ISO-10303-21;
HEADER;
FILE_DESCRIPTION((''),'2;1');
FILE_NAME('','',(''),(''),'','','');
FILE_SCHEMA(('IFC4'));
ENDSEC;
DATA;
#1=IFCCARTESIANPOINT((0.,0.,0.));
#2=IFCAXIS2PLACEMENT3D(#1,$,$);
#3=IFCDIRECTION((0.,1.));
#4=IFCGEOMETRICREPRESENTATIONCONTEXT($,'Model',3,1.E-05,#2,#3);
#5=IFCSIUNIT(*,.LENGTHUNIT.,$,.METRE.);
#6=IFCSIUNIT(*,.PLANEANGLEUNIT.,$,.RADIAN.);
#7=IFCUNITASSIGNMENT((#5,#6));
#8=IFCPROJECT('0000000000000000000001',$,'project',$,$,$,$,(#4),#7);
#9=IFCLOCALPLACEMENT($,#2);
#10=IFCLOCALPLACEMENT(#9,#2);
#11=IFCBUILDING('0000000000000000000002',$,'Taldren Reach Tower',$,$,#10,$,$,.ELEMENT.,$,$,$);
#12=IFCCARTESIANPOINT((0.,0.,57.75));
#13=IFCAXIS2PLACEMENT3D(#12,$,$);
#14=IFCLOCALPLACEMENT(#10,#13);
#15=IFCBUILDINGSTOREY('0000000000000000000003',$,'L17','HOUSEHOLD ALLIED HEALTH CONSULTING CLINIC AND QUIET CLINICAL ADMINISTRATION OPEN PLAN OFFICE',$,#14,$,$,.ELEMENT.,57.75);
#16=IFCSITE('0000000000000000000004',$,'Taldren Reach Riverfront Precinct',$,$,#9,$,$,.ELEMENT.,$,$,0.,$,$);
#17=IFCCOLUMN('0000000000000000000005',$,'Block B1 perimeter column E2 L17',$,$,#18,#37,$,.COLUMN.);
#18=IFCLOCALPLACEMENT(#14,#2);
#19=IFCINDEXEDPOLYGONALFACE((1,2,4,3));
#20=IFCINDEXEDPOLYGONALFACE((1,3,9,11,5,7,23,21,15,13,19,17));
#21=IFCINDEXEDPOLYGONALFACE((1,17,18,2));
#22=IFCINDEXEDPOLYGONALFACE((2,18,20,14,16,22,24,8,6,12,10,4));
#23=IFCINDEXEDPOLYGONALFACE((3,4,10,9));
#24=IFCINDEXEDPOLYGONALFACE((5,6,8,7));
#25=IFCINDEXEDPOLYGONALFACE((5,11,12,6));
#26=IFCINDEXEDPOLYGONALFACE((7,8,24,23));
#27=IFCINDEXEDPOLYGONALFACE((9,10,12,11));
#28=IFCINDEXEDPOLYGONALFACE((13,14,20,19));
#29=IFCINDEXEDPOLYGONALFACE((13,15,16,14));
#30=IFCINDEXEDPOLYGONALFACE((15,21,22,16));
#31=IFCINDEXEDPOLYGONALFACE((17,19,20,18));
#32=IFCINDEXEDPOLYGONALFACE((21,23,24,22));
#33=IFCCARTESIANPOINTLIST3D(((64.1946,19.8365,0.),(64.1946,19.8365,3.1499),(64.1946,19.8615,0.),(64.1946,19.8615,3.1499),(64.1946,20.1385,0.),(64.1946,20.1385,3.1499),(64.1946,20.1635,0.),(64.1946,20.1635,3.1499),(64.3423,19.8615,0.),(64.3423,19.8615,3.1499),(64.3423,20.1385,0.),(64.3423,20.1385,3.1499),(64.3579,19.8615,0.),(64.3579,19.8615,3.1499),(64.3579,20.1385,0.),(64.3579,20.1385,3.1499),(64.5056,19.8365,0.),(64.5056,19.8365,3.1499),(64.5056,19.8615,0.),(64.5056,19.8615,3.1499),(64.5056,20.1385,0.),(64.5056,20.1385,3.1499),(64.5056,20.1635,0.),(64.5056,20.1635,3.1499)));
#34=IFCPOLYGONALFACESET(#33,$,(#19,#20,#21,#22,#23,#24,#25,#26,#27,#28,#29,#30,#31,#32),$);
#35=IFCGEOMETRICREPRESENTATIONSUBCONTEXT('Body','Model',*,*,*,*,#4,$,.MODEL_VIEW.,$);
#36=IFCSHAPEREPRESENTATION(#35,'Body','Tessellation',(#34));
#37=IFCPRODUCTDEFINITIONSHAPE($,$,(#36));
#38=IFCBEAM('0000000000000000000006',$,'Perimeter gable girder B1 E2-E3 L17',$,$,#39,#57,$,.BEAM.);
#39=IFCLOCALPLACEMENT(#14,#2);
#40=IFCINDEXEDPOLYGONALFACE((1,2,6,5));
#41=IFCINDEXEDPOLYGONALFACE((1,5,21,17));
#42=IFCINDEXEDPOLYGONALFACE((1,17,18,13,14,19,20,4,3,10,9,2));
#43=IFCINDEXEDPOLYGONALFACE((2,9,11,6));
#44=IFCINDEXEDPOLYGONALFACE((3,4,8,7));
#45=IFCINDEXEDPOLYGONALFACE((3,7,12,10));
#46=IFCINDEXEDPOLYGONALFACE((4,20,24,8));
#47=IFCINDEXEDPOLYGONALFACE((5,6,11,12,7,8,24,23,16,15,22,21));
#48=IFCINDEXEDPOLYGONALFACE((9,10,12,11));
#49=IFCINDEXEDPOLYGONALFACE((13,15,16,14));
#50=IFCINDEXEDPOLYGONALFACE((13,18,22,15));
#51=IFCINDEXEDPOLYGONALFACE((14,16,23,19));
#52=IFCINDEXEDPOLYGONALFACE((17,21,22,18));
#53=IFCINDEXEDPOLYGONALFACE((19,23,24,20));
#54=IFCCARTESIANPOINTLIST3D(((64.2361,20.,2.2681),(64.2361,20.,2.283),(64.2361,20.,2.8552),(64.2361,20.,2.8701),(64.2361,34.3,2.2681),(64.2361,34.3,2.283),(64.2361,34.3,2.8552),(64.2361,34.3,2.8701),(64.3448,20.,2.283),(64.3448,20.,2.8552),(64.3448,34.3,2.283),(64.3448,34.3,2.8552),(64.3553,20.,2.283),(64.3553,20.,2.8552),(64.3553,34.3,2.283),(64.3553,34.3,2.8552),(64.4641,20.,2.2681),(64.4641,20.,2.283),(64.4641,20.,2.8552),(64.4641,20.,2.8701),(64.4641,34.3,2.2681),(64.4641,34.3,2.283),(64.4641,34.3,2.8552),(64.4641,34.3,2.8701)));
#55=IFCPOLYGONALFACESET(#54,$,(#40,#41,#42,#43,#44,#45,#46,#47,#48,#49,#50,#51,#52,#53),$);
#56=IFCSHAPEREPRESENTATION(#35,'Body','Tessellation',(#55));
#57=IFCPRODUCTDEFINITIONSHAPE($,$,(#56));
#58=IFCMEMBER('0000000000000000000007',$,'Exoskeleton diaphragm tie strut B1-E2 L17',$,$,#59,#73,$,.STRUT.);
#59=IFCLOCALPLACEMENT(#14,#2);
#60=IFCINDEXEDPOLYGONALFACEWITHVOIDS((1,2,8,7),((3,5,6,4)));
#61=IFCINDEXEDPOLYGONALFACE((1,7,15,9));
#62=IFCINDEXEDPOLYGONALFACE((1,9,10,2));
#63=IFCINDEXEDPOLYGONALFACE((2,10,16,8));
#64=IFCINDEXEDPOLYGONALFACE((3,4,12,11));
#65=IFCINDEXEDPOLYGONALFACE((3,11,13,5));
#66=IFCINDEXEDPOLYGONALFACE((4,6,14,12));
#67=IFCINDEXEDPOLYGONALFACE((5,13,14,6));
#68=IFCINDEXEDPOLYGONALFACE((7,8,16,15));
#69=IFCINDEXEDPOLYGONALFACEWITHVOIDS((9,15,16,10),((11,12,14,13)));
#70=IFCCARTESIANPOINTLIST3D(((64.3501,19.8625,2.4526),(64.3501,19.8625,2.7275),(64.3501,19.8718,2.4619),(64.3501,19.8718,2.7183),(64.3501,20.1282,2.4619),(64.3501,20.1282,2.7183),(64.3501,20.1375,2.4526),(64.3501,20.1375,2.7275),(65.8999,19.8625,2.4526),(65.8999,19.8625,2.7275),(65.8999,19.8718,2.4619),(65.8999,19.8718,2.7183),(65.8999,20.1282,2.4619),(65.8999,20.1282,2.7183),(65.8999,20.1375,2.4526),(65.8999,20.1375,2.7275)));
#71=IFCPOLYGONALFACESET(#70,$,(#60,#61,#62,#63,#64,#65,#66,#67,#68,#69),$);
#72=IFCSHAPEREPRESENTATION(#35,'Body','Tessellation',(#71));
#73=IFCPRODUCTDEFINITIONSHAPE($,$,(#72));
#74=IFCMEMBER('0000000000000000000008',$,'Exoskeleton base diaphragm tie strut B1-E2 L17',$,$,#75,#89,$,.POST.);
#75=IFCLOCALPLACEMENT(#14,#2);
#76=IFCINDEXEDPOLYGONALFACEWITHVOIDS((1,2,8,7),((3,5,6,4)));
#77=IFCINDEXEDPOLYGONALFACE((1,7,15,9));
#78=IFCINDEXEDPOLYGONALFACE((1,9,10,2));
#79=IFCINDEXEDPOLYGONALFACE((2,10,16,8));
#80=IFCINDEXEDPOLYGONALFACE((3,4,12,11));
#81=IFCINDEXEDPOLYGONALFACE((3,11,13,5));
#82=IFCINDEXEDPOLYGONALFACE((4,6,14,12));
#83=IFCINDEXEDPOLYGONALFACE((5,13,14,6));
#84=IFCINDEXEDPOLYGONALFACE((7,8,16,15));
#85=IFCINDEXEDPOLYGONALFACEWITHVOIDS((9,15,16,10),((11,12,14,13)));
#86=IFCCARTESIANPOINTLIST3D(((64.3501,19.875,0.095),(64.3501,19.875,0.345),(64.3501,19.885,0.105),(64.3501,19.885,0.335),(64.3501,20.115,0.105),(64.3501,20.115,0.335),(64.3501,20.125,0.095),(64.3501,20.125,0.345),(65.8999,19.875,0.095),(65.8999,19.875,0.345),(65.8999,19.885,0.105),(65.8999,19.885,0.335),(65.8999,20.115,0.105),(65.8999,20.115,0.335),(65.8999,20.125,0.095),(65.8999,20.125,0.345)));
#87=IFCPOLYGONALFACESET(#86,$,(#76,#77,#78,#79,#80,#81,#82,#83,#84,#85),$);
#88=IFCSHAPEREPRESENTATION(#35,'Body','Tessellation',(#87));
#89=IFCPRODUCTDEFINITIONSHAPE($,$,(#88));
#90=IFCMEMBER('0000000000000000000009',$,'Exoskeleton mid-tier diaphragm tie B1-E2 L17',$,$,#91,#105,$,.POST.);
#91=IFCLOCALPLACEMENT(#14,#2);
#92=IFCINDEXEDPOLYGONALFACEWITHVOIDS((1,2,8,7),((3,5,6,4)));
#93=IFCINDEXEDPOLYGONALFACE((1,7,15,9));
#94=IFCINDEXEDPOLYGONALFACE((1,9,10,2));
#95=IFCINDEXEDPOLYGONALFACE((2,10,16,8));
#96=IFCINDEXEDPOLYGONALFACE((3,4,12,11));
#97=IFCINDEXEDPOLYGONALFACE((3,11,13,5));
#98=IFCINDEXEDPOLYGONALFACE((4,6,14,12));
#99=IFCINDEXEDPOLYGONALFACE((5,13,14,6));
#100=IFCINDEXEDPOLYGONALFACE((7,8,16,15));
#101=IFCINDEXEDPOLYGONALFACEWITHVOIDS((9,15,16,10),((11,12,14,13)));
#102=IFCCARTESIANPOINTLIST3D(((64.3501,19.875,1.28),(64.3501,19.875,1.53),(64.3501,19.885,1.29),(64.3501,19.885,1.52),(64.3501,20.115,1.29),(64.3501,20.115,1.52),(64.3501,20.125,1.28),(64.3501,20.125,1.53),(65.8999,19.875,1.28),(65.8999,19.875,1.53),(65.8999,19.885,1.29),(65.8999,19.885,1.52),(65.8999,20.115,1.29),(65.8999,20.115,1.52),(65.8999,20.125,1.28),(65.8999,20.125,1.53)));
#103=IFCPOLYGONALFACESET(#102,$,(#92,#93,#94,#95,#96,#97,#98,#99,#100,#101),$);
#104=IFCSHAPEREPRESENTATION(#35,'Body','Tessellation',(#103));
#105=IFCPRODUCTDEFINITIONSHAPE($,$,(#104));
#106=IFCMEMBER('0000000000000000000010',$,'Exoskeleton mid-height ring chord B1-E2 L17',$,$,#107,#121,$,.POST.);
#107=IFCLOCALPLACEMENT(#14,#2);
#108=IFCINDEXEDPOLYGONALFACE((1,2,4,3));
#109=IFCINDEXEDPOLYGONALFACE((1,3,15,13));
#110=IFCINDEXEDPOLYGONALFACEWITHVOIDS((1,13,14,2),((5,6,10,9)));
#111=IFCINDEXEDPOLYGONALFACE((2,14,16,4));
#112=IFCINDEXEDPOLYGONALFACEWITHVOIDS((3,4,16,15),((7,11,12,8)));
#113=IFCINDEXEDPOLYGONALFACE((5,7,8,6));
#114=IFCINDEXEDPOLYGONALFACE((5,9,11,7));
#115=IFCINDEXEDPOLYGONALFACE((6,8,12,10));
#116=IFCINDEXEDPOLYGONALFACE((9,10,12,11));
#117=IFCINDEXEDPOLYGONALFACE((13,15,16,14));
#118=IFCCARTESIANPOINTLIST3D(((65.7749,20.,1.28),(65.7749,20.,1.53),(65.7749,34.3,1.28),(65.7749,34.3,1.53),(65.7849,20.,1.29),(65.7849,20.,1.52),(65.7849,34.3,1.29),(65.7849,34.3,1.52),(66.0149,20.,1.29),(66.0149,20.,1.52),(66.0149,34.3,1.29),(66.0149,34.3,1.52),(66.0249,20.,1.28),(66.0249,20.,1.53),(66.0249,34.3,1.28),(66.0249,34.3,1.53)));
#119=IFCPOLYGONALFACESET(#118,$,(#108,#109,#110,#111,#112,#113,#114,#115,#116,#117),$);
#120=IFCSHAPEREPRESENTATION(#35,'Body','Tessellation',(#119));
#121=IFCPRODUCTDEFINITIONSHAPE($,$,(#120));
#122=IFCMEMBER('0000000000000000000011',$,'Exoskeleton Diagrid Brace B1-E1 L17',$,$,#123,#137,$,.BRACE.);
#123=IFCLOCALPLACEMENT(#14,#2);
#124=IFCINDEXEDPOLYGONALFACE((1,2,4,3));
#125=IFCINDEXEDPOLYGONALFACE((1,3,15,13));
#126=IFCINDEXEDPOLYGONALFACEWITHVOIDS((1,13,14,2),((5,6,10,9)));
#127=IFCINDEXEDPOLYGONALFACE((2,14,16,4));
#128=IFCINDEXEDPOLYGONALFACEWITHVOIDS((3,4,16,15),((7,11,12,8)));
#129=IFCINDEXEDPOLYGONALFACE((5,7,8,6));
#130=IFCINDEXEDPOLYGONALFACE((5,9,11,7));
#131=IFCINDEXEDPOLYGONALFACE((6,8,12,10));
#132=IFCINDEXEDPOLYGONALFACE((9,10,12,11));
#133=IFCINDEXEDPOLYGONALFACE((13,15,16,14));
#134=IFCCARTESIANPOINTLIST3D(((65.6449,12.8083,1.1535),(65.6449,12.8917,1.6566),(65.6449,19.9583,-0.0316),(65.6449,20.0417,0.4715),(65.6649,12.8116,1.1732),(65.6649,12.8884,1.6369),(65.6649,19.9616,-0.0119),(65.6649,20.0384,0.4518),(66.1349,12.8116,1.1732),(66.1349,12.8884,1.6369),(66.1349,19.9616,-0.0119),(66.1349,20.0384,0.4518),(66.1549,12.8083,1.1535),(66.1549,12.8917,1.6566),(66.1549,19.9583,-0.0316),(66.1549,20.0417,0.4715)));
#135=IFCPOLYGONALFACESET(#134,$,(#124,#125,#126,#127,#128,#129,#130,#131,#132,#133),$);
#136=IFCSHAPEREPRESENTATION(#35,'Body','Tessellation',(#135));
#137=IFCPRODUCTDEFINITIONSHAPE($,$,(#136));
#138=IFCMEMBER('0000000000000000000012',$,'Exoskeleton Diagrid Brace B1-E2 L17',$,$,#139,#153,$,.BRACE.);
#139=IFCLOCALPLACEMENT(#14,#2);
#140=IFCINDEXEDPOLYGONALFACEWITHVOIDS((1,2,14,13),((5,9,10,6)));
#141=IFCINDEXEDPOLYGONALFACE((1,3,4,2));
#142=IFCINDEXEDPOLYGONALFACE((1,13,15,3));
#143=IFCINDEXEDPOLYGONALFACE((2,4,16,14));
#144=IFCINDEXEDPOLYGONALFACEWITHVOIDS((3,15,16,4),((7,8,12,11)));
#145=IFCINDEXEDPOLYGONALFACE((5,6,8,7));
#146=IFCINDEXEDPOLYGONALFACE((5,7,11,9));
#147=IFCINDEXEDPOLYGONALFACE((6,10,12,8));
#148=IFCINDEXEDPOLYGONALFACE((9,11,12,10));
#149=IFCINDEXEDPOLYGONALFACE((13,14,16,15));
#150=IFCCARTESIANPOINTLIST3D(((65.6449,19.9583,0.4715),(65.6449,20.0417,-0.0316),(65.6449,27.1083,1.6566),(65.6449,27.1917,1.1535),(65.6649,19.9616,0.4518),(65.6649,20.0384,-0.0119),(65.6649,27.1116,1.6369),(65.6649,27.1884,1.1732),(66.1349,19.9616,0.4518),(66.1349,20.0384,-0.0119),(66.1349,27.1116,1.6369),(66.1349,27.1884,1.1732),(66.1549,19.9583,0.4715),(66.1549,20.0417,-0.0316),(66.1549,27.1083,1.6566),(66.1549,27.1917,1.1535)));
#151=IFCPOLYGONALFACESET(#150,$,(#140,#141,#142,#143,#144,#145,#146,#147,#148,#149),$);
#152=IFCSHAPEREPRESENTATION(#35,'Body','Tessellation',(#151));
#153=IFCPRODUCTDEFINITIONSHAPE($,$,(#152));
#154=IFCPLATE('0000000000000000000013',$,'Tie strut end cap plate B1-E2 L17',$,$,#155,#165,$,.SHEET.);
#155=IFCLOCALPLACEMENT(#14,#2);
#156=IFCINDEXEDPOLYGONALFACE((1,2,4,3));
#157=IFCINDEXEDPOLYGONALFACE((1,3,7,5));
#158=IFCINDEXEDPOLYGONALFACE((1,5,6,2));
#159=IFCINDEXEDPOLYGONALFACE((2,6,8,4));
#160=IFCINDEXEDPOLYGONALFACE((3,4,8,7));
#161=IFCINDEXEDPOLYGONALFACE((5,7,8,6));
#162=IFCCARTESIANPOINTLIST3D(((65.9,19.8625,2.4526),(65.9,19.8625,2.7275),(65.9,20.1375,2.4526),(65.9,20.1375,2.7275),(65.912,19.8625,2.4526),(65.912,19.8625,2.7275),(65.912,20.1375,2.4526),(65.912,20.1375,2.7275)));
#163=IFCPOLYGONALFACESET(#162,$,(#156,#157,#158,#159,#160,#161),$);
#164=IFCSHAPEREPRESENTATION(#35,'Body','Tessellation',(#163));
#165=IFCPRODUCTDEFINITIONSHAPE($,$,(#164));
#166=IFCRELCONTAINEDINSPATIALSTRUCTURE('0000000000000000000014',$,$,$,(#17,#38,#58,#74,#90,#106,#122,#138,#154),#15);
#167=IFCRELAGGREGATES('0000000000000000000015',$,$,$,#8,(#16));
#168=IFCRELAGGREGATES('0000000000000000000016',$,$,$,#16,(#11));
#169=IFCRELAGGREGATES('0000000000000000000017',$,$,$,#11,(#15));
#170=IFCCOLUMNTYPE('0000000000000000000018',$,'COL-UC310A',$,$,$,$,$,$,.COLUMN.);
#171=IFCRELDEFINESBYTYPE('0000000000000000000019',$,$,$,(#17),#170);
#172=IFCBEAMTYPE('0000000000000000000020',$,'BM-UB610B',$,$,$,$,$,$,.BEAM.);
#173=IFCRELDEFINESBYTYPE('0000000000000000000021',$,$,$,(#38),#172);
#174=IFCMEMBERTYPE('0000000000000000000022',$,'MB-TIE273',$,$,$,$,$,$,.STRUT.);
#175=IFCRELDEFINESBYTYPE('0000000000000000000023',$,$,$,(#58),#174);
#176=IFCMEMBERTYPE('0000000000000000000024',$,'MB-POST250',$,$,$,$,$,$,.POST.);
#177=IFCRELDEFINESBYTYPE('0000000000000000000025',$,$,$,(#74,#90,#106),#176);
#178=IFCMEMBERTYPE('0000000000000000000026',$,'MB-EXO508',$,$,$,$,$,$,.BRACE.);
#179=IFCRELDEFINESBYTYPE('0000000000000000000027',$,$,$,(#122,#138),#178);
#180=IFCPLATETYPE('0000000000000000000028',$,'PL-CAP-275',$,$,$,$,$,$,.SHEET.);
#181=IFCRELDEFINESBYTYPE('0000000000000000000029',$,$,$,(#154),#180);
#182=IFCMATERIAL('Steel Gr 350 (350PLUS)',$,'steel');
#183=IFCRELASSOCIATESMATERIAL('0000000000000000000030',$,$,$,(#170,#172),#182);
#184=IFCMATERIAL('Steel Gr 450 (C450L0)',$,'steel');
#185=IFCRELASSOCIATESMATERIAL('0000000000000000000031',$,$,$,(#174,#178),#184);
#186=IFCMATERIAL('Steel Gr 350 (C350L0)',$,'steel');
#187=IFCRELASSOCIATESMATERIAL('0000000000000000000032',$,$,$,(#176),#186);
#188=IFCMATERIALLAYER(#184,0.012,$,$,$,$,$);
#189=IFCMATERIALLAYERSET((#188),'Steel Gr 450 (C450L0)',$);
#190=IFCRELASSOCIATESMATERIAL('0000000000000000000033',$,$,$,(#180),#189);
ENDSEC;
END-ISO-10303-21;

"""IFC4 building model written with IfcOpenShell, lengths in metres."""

from ifc_helpers import new_model, si_unit, direction, frame, origin, origin_2d, place, context, subcontext, project, spatial, rectangle, hollow_rectangle, i_section, extrude, source, transform, mapped, material, layer, layer_set, material_profile, profile_set, type_object, element, save


model = new_model("IFC4")

# Units and contexts
model_context = context("Model", 3, precision=1e-05, world=origin(), true_north=direction((0.0, 1.0)))
body_context = subcontext(model_context, "Body", "Model", "MODEL_VIEW")
ifc_project = project(units=[si_unit("LENGTHUNIT", "METRE"), si_unit("PLANEANGLEUNIT", "RADIAN")], contexts=[model_context])

# Site, building, storey
site_placement = place(None, origin())
site = spatial("IfcSite", under=ifc_project, at=site_placement, Name="Taldren Reach Riverfront Precinct", CompositionType="ELEMENT", RefElevation=0.0)
building_placement = place(site_placement, origin())
building = spatial("IfcBuilding", under=site, at=building_placement, Name="Taldren Reach Tower", CompositionType="ELEMENT")
storey_placement = place(building_placement, frame((0.0, 0.0, 57.75)))
storey = spatial("IfcBuildingStorey", under=building, at=storey_placement, Name="L17", Description="HOUSEHOLD ALLIED HEALTH CONSULTING CLINIC AND QUIET CLINICAL ADMINISTRATION OPEN PLAN OFFICE", CompositionType="ELEMENT", Elevation=57.75)

# Column
ifc_material_1 = material(Name="Steel Gr 350 (350PLUS)", Category="steel")
ifc_material_profile_1 = material_profile(ifc_material_1, i_section(OverallWidth=0.311, OverallDepth=0.3269, WebThickness=0.0156, FlangeThickness=0.0249, at=origin_2d()), Name="310UC158")
ifc_profile_set_1 = profile_set([ifc_material_profile_1], Name="Steel Gr 350 (350PLUS)")
column_type = type_object("IfcColumnType", Name="COL-UC310A", PredefinedType="COLUMN", material=ifc_profile_set_1)
shared_shape_1 = source(origin(), body_context, "Body", "SweptSolid", [
    extrude(i_section(OverallWidth=0.311, OverallDepth=0.3269, WebThickness=0.0156, FlangeThickness=0.0249, at=origin_2d()), origin(), (0.0, 0.0, 1.0), 3.1499),
])
column_placement = place(storey_placement, frame((64.3501, 20.0, 0.0), z_axis=(0.0, 0.0, 1.0), x_axis=(1.0, 0.0, 0.0)))
element("IfcColumn", 1, at=column_placement, inside=storey, type_object=column_type, Name="Block B1 perimeter column E2 L17", PredefinedType="COLUMN", context=body_context, shape_type="MappedRepresentation", body=[
    mapped(shared_shape_1, transform((0.0, 0.0, 0.0), scale=1.0)),
])

# Beam
ifc_material_profile_2 = material_profile(ifc_material_1, i_section(OverallWidth=0.228, OverallDepth=0.6021, WebThickness=0.0105, FlangeThickness=0.0149, at=origin_2d()), Name="610UB101")
ifc_profile_set_2 = profile_set([ifc_material_profile_2], Name="Steel Gr 350 (350PLUS)")
beam_type = type_object("IfcBeamType", Name="BM-UB610B", PredefinedType="BEAM", material=ifc_profile_set_2)
shared_shape_2 = source(origin(), body_context, "Body", "SweptSolid", [
    extrude(i_section(OverallWidth=0.228, OverallDepth=0.6021, WebThickness=0.0105, FlangeThickness=0.0149, at=origin_2d()), origin(), (0.0, 0.0, 1.0), 14.3),
])
beam_placement = place(storey_placement, frame((64.3501, 20.0, 2.5691), z_axis=(0.0, 1.0, 0.0), x_axis=(-1.0, 0.0, 0.0)))
element("IfcBeam", 2, at=beam_placement, inside=storey, type_object=beam_type, Name="Perimeter gable girder B1 E2-E3 L17", PredefinedType="BEAM", context=body_context, shape_type="MappedRepresentation", body=[
    mapped(shared_shape_2, transform((0.0, 0.0, 0.0), scale=1.0)),
])

# Members
ifc_material_2 = material(Name="Steel Gr 450 (C450L0)", Category="steel")
ifc_material_profile_3 = material_profile(ifc_material_2, hollow_rectangle(XDim=0.2749, YDim=0.2749, WallThickness=0.0093, at=origin_2d()), Name="275x275x9.3SHS")
ifc_profile_set_3 = profile_set([ifc_material_profile_3], Name="Steel Gr 450 (C450L0)")
member_type_1 = type_object("IfcMemberType", Name="MB-TIE273", PredefinedType="STRUT", material=ifc_profile_set_3)
shared_shape_3 = source(origin(), body_context, "Body", "SweptSolid", [
    extrude(hollow_rectangle(XDim=0.2749, YDim=0.2749, WallThickness=0.0093, at=origin_2d()), origin(), (0.0, 0.0, 1.0), 1.5498),
])
member_1_placement = place(storey_placement, frame((64.3501, 20.0, 2.5901), z_axis=(1.0, 0.0, 0.0), x_axis=(0.0, 1.0, 0.0)))
element("IfcMember", 3, at=member_1_placement, inside=storey, type_object=member_type_1, Name="Exoskeleton diaphragm tie strut B1-E2 L17", PredefinedType="STRUT", context=body_context, shape_type="MappedRepresentation", body=[
    mapped(shared_shape_3, transform((0.0, 0.0, 0.0), scale=1.0)),
])
ifc_material_3 = material(Name="Steel Gr 350 (C350L0)", Category="steel")
ifc_material_profile_4 = material_profile(ifc_material_3, hollow_rectangle(XDim=0.25, YDim=0.25, WallThickness=0.01, at=origin_2d()), Name="250x250x10.0SHS")
ifc_profile_set_4 = profile_set([ifc_material_profile_4], Name="Steel Gr 350 (C350L0)")
member_type_2 = type_object("IfcMemberType", Name="MB-POST250", PredefinedType="POST", material=ifc_profile_set_4)
shared_shape_4 = source(origin(), body_context, "Body", "SweptSolid", [
    extrude(hollow_rectangle(XDim=0.25, YDim=0.25, WallThickness=0.01, at=origin_2d()), origin(), (0.0, 0.0, 1.0), 1.5498),
])
for number, where, z_axis, x_axis, name in (
    (4, (64.3501, 20.0, 0.22), (1.0, 0.0, 0.0), (0.0, 1.0, 0.0), "Exoskeleton base diaphragm tie strut B1-E2 L17"),
    (5, (64.3501, 20.0, 1.405), (1.0, 0.0, 0.0), (0.0, 1.0, 0.0), "Exoskeleton mid-tier diaphragm tie B1-E2 L17"),
):
    element("IfcMember", number, at=place(storey_placement, frame(where, z_axis=z_axis, x_axis=x_axis)), inside=storey, type_object=member_type_2, Name=name, PredefinedType="POST", context=body_context, shape_type="MappedRepresentation", body=[
        mapped(shared_shape_4, transform((0.0, 0.0, 0.0), scale=1.0)),
    ])
shared_shape_5 = source(origin(), body_context, "Body", "SweptSolid", [
    extrude(hollow_rectangle(XDim=0.25, YDim=0.25, WallThickness=0.01, at=origin_2d()), origin(), (0.0, 0.0, 1.0), 14.3),
])
member_2_placement = place(storey_placement, frame((65.8999, 20.0, 1.405), z_axis=(0.0, 1.0, 0.0), x_axis=(-1.0, 0.0, 0.0)))
element("IfcMember", 6, at=member_2_placement, inside=storey, type_object=member_type_2, Name="Exoskeleton mid-height ring chord B1-E2 L17", PredefinedType="POST", context=body_context, shape_type="MappedRepresentation", body=[
    mapped(shared_shape_5, transform((0.0, 0.0, 0.0), scale=1.0)),
])
ifc_material_profile_5 = material_profile(ifc_material_2, hollow_rectangle(XDim=0.51, YDim=0.51, WallThickness=0.02, at=origin_2d()), Name="510x510x20.0SHS")
ifc_profile_set_5 = profile_set([ifc_material_profile_5], Name="Steel Gr 450 (C450L0)")
member_type_3 = type_object("IfcMemberType", Name="MB-EXO508", PredefinedType="BRACE", material=ifc_profile_set_5)
shared_shape_6 = source(origin(), body_context, "Body", "SweptSolid", [
    extrude(hollow_rectangle(XDim=0.51, YDim=0.51, WallThickness=0.02, at=origin_2d()), origin(), (0.0, 0.0, 1.0), 7.2476),
])
for number, where, z_axis, x_axis, name in (
    (7, (65.8999, 20.0, 0.22), (0.0, -0.986541, 0.163514), (1.0, 0.0, 0.0), "Exoskeleton Diagrid Brace B1-E1 L17"),
    (8, (65.8999, 20.0, 0.22), (0.0, 0.986541, 0.163514), (-1.0, 0.0, 0.0), "Exoskeleton Diagrid Brace B1-E2 L17"),
):
    element("IfcMember", number, at=place(storey_placement, frame(where, z_axis=z_axis, x_axis=x_axis)), inside=storey, type_object=member_type_3, Name=name, PredefinedType="BRACE", context=body_context, shape_type="MappedRepresentation", body=[
        mapped(shared_shape_6, transform((0.0, 0.0, 0.0), scale=1.0)),
    ])

# Plate
ifc_layer_1 = layer(ifc_material_2, 0.012)
ifc_layer_set_1 = layer_set([ifc_layer_1], Name="Steel Gr 450 (C450L0)")
plate_type_1 = type_object("IfcPlateType", Name="PL-CAP-275", PredefinedType="SHEET", material=ifc_layer_set_1)
shared_shape_7 = source(origin(), body_context, "Body", "SweptSolid", [
    extrude(rectangle(XDim=0.012, YDim=0.2749, at=origin_2d()), origin(), (0.0, 0.0, 1.0), 0.2749),
])
plate_1_placement = place(storey_placement, frame((65.906, 20.0, 2.4526), z_axis=(0.0, 0.0, 1.0), x_axis=(1.0, 0.0, 0.0)))
element("IfcPlate", 9, at=plate_1_placement, inside=storey, type_object=plate_type_1, Name="Tie strut end cap plate B1-E2 L17", PredefinedType="SHEET", context=body_context, shape_type="MappedRepresentation", body=[
    mapped(shared_shape_7, transform((0.0, 0.0, 0.0), scale=1.0)),
])

save(model, "model.ifc")
